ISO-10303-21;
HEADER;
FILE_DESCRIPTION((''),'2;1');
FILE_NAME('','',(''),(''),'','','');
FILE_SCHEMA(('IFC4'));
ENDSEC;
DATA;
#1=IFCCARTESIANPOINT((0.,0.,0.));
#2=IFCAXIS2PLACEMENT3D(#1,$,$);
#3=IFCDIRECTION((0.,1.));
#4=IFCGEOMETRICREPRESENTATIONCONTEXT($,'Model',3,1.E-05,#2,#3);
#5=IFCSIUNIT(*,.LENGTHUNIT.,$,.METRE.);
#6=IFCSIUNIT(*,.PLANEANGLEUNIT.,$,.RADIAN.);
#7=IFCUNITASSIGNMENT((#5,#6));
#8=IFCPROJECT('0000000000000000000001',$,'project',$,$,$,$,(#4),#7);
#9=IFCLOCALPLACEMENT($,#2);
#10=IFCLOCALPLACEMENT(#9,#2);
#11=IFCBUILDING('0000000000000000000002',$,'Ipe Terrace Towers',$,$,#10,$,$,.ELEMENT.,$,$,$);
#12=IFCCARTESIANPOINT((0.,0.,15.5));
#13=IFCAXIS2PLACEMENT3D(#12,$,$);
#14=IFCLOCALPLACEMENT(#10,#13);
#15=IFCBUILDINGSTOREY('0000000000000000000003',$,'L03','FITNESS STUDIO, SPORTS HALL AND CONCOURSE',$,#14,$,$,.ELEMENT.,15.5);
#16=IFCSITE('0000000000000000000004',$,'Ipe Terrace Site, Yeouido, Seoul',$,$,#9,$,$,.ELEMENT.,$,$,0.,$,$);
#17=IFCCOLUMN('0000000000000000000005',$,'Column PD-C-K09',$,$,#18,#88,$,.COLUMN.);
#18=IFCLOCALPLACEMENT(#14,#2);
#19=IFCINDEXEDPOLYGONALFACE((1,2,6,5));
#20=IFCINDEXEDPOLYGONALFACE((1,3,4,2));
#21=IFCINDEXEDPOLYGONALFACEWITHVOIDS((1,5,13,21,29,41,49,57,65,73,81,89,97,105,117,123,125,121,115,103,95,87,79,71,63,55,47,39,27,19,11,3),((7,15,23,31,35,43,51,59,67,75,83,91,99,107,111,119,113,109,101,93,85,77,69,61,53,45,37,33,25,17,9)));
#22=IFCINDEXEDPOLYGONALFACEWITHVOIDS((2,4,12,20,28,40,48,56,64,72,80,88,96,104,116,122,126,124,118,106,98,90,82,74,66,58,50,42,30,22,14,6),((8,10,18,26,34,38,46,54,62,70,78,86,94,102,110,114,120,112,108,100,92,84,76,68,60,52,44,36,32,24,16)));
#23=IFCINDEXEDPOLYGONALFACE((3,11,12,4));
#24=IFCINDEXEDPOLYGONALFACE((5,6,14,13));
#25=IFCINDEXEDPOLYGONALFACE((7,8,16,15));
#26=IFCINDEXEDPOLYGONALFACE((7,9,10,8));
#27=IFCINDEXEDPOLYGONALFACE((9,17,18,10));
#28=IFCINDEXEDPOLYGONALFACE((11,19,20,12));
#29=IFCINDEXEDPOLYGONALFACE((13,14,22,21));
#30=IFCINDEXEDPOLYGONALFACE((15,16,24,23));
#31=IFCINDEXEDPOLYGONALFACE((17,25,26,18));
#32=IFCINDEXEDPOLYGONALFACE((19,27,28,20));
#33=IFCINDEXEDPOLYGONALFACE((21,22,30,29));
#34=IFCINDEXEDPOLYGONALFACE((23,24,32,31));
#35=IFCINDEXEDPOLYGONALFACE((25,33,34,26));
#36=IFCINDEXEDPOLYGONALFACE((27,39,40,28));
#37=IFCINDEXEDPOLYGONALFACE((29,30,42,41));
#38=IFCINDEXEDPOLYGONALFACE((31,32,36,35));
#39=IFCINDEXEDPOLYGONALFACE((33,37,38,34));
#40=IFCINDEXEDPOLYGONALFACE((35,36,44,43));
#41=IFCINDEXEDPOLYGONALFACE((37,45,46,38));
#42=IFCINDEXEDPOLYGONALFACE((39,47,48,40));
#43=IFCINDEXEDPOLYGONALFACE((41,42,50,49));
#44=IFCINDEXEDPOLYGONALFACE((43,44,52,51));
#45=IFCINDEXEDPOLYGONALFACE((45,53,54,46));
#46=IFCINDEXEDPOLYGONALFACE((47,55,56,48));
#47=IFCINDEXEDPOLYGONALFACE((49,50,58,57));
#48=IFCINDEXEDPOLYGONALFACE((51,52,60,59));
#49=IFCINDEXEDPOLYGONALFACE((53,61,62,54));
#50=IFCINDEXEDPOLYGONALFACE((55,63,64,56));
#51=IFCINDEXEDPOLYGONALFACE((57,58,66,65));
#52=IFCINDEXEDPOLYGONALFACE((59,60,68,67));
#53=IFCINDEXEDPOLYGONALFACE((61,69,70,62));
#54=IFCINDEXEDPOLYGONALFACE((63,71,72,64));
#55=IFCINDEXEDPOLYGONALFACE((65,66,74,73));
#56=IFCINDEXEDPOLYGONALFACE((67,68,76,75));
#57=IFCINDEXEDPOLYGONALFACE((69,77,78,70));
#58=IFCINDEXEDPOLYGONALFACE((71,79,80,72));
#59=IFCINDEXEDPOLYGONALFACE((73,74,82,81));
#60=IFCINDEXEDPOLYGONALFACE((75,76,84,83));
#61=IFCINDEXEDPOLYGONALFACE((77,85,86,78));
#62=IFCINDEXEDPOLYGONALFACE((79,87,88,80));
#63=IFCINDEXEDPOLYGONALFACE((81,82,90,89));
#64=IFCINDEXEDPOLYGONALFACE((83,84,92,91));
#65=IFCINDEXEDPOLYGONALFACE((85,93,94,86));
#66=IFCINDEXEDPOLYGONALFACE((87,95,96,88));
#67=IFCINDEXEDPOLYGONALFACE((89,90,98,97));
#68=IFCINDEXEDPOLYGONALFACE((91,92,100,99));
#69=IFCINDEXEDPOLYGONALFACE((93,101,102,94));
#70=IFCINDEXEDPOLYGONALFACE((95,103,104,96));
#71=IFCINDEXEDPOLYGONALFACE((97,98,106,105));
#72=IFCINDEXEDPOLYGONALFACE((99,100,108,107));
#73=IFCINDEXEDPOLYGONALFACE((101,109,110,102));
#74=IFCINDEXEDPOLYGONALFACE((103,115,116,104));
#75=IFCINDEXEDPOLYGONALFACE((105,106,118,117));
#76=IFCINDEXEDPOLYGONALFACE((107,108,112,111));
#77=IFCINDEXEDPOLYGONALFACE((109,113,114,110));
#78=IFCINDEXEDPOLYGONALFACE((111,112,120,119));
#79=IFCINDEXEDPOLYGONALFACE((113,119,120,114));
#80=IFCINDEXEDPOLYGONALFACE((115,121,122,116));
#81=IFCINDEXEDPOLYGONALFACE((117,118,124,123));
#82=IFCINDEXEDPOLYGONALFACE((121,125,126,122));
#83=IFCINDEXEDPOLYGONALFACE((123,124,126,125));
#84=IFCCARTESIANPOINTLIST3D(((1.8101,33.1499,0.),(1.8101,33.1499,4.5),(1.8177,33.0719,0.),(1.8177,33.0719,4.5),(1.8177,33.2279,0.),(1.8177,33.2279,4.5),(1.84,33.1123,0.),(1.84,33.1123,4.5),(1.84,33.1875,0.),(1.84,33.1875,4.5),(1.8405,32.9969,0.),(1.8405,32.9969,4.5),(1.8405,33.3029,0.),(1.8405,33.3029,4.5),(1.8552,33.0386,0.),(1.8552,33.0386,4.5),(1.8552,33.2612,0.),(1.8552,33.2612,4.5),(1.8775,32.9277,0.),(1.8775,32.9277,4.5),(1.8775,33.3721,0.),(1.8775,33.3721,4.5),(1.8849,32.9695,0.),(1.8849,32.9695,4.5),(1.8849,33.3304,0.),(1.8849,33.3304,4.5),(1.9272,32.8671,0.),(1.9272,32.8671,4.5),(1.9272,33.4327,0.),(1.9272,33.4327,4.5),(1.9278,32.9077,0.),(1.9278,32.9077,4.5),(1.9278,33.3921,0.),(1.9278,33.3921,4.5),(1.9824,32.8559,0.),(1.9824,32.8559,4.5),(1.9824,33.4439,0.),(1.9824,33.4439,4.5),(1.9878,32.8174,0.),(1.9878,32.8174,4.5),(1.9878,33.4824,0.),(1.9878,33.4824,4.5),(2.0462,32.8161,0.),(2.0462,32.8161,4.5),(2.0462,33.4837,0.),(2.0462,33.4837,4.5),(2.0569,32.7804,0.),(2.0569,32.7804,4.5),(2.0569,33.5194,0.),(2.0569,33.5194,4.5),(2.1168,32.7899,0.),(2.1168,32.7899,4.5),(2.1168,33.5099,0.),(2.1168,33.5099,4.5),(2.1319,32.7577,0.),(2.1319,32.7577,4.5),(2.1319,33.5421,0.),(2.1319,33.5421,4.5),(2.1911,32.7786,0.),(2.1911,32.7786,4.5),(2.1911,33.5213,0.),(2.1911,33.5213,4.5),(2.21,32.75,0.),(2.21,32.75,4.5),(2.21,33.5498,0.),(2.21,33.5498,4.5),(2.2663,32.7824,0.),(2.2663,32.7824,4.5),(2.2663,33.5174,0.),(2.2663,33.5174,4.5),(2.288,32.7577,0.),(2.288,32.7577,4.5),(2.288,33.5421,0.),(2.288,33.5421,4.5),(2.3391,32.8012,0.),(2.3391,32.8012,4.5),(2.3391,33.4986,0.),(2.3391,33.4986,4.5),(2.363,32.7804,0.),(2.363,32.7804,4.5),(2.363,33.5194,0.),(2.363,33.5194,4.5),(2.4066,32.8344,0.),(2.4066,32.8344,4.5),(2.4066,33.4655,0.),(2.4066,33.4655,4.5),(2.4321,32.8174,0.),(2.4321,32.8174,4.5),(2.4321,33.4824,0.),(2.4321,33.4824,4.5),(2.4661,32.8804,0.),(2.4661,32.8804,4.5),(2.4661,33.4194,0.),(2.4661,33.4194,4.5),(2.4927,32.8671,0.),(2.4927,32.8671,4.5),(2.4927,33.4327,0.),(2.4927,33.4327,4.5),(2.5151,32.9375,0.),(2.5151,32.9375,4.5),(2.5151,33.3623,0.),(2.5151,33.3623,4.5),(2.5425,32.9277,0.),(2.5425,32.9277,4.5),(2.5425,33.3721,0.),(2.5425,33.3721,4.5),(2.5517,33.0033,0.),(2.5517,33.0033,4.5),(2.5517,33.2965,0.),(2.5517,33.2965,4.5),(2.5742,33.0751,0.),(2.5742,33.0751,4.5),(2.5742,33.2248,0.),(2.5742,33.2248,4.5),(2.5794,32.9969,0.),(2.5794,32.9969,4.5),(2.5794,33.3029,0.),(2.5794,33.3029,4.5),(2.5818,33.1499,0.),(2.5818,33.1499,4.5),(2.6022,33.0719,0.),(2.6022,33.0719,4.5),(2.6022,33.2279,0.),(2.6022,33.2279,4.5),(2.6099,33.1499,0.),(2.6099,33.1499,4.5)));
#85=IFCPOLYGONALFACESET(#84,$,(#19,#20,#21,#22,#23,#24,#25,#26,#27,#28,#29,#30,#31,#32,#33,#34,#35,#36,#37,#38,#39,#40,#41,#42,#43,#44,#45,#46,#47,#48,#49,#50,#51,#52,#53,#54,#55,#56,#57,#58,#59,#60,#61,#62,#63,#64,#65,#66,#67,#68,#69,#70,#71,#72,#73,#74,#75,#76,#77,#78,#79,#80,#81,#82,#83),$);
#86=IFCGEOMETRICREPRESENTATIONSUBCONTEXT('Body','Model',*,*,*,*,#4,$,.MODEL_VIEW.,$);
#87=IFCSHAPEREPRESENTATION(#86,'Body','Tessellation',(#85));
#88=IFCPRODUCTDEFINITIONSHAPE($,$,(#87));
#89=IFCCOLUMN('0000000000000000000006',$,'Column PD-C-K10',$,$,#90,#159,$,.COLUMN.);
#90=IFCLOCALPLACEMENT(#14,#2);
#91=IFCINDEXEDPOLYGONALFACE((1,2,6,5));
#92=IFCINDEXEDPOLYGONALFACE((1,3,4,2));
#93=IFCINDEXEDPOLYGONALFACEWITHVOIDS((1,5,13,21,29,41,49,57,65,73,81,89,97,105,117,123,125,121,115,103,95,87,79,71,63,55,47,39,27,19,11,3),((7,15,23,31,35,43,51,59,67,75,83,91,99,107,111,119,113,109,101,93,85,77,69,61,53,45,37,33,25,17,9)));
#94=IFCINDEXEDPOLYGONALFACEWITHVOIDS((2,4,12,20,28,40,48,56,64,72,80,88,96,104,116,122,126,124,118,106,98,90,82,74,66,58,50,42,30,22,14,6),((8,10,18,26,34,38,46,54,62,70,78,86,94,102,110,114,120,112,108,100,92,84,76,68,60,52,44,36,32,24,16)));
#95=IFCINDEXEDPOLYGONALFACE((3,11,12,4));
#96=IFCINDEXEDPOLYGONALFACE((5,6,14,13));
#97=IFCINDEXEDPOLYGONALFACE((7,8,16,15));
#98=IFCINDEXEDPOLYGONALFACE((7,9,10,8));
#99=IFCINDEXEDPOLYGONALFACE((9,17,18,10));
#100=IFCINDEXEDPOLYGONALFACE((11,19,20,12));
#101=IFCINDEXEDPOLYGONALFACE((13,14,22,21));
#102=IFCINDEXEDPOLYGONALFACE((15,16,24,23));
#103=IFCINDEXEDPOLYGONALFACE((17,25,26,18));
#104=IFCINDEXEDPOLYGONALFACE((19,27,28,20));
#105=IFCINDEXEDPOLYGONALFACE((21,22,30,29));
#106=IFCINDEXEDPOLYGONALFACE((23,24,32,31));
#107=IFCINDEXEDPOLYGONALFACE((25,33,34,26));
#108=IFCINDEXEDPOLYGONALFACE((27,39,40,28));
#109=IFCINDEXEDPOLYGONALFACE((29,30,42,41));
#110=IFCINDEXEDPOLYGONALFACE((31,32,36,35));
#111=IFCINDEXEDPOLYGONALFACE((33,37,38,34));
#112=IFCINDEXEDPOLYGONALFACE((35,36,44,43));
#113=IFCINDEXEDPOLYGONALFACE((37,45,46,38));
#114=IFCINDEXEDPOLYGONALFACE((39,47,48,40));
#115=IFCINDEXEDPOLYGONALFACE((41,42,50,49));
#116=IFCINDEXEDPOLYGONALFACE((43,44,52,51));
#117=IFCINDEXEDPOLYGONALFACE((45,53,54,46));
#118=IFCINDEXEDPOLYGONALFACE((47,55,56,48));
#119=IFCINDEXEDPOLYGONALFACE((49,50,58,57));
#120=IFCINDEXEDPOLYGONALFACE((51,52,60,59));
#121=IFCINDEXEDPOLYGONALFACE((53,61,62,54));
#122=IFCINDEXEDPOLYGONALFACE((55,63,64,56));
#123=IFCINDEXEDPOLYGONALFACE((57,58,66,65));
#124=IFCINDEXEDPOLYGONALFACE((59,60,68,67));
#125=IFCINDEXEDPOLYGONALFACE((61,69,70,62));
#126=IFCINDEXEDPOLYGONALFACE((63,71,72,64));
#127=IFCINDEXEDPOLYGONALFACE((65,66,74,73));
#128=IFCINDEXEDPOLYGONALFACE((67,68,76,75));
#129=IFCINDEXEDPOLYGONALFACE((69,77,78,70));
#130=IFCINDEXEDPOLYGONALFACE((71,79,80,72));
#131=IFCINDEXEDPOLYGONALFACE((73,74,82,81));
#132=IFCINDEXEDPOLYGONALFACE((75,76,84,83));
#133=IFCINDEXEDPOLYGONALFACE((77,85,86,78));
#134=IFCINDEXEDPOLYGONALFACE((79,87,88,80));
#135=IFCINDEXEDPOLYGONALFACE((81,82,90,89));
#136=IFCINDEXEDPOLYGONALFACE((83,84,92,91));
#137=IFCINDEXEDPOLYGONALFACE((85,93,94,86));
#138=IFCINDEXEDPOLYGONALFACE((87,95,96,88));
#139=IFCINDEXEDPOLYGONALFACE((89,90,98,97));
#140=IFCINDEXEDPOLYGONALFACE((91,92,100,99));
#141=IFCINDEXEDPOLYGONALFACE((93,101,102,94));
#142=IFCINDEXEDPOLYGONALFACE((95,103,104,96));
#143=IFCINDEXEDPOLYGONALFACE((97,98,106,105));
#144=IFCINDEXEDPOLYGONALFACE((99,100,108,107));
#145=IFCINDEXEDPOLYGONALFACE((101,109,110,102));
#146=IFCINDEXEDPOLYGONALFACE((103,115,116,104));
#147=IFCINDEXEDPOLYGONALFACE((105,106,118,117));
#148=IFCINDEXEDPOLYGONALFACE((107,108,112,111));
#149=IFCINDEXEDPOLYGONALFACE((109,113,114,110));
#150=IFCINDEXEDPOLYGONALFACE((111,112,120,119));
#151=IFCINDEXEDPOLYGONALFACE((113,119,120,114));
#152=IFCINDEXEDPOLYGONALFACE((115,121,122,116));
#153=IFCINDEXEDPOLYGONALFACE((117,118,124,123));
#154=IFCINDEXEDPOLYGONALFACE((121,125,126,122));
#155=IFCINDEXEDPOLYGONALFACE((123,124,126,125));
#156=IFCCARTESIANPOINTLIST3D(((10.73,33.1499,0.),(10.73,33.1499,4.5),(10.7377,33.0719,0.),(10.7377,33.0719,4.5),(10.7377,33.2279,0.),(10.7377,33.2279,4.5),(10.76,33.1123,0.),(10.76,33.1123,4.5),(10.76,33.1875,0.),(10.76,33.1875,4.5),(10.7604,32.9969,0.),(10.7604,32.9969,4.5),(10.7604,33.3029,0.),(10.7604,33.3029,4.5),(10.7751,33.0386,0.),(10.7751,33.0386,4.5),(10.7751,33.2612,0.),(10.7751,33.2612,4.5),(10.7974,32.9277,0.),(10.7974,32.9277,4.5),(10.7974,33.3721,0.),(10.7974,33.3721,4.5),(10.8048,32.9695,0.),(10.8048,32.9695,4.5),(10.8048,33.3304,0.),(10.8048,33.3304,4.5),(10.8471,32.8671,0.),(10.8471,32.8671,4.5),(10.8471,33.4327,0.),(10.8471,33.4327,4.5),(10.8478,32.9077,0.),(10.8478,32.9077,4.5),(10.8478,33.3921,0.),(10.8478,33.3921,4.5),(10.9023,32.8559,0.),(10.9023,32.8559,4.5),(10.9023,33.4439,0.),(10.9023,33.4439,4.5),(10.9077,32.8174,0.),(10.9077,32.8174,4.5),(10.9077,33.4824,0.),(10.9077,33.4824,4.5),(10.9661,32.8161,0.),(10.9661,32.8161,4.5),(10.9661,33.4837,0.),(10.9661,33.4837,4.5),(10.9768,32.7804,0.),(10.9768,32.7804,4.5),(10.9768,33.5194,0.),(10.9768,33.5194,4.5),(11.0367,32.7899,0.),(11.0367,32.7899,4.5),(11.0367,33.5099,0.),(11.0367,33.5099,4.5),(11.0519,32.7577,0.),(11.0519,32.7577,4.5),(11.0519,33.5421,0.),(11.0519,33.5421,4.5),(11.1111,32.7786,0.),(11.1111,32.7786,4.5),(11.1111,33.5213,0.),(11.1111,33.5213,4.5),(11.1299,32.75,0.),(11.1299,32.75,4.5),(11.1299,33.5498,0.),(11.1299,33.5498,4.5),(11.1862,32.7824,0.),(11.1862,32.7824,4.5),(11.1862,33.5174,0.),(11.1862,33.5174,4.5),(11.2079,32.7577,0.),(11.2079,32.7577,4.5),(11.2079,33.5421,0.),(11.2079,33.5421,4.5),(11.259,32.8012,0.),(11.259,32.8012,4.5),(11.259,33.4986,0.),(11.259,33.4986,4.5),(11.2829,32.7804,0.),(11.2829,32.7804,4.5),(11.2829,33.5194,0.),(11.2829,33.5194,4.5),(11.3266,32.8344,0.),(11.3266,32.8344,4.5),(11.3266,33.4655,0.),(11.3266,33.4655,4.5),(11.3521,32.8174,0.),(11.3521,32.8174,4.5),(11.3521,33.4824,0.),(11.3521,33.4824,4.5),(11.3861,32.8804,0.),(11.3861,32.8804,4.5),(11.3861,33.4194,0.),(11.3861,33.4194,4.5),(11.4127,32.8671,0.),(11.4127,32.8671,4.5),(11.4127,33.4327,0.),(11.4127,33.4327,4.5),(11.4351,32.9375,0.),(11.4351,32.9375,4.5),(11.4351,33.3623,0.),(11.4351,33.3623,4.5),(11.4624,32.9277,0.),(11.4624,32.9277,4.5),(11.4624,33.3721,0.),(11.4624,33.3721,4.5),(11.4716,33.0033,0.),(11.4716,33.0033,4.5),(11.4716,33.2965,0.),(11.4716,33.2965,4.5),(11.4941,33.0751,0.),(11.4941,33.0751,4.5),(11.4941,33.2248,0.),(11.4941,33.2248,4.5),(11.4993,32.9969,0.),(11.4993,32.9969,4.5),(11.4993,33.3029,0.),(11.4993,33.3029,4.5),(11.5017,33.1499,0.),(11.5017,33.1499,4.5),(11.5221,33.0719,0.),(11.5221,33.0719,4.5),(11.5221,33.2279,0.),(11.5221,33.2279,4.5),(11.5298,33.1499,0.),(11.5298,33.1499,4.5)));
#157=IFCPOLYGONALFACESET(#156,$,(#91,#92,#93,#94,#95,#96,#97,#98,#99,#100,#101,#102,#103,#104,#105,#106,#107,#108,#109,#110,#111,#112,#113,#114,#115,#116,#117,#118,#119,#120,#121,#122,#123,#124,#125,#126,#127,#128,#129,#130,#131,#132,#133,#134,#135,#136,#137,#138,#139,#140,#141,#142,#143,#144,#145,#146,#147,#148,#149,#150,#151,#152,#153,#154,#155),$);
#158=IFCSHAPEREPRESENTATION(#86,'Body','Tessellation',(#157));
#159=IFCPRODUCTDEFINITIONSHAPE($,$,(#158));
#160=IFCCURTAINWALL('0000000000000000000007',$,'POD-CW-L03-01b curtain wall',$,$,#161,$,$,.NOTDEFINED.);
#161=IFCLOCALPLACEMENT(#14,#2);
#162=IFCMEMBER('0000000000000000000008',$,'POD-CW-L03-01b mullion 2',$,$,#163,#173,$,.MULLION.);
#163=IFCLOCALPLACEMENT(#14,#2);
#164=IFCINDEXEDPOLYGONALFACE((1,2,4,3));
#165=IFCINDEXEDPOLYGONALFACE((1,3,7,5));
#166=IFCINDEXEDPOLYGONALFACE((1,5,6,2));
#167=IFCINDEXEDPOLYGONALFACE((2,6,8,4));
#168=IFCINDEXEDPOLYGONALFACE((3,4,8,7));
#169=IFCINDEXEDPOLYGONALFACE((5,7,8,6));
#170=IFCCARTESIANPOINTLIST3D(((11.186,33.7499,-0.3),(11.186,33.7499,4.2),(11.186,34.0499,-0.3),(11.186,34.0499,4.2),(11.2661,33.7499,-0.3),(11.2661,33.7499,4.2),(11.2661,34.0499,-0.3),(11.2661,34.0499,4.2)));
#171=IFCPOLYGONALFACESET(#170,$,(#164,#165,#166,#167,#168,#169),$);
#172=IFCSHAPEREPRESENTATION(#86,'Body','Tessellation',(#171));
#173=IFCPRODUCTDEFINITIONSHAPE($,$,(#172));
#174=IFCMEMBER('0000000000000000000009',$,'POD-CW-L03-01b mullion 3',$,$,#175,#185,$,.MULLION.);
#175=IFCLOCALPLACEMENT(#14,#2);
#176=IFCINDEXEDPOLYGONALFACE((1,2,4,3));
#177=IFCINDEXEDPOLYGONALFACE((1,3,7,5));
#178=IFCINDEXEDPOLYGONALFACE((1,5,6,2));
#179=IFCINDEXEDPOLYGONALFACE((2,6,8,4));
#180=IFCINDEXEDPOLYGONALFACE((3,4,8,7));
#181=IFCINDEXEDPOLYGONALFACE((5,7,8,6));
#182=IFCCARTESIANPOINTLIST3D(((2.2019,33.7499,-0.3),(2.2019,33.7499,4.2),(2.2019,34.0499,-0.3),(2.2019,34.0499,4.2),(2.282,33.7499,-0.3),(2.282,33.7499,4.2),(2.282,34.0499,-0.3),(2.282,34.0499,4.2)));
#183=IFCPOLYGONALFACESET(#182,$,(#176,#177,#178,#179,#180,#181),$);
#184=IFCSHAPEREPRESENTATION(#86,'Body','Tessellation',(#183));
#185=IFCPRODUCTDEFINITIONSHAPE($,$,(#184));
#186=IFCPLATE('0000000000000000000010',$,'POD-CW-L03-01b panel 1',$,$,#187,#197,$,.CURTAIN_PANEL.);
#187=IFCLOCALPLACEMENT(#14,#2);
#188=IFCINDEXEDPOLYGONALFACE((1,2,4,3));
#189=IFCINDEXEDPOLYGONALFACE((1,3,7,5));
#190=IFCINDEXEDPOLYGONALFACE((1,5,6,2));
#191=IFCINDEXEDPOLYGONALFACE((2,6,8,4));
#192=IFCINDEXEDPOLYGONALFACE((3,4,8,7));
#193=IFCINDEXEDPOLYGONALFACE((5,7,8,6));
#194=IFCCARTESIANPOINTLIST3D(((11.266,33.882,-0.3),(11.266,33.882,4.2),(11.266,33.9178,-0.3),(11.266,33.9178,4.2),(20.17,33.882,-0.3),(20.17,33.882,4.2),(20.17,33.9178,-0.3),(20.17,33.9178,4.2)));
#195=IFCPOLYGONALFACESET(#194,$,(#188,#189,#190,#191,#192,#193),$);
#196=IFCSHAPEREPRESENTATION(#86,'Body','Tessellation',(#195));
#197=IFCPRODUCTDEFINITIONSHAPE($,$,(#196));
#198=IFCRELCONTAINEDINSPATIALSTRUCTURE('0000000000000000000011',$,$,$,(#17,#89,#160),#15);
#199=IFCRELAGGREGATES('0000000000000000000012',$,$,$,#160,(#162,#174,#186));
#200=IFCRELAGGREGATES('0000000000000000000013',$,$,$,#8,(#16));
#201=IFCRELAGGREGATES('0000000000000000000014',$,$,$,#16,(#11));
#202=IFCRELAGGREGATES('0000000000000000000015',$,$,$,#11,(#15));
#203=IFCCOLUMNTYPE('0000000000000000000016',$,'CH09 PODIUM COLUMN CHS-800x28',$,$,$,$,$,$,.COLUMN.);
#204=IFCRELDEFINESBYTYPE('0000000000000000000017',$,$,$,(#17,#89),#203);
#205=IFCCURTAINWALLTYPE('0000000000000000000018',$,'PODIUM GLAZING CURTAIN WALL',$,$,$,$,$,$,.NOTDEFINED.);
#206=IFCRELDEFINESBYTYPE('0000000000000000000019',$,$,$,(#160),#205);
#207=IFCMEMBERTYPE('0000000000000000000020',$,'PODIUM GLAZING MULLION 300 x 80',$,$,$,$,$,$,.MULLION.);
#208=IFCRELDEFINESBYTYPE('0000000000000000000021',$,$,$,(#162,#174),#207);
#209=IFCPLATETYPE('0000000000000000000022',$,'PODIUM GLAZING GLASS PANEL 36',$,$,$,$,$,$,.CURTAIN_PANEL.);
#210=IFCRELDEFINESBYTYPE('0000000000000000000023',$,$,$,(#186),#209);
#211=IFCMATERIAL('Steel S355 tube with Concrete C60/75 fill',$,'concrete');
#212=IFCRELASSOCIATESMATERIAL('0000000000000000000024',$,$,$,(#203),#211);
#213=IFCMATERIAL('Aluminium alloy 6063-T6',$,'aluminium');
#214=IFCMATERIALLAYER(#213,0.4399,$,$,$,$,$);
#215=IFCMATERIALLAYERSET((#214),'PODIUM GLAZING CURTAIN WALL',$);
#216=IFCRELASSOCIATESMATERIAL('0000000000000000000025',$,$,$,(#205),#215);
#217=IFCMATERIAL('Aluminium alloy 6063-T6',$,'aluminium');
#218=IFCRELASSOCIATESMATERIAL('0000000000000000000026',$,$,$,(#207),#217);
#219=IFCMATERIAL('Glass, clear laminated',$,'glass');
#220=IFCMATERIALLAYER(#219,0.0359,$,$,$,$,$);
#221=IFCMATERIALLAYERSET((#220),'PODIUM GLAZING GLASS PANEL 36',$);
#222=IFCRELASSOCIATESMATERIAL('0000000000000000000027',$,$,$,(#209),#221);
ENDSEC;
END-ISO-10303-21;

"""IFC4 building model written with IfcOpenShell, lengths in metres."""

from ifc_helpers import new_model, si_unit, direction, frame, origin, origin_2d, place, context, subcontext, project, spatial, rectangle, hollow_circle, extrude, material, layer, layer_set, material_profile, profile_set, type_object, element, aggregate, save


model = new_model("IFC4")

# Units and contexts
model_context = context("Model", 3, precision=1e-05, world=origin(), true_north=direction((0.0, 1.0)))
body_context = subcontext(model_context, "Body", "Model", "MODEL_VIEW")
ifc_project = project(units=[si_unit("LENGTHUNIT", "METRE"), si_unit("PLANEANGLEUNIT", "RADIAN")], contexts=[model_context])

# Site, building, storey
site_placement = place(None, origin())
site = spatial("IfcSite", under=ifc_project, at=site_placement, Name="Ipe Terrace Site, Yeouido, Seoul", CompositionType="ELEMENT", RefElevation=0.0)
building_placement = place(site_placement, origin())
building = spatial("IfcBuilding", under=site, at=building_placement, Name="Ipe Terrace Towers", CompositionType="ELEMENT")
storey_placement = place(building_placement, frame((0.0, 0.0, 15.5)))
storey = spatial("IfcBuildingStorey", under=building, at=storey_placement, Name="L03", Description="FITNESS STUDIO, SPORTS HALL AND CONCOURSE", CompositionType="ELEMENT", Elevation=15.5)

# Columns
ifc_material_1 = material(Name="Steel S355 tube with Concrete C60/75 fill", Category="concrete")
ifc_material_profile_1 = material_profile(ifc_material_1, hollow_circle(Radius=0.3999, WallThickness=0.0281, at=origin_2d()), Name="CHS-800x28")
ifc_profile_set_1 = profile_set([ifc_material_profile_1], Name="Steel S355 tube with Concrete C60/75 fill")
column_type = type_object("IfcColumnType", Name="CH09 PODIUM COLUMN CHS-800x28", PredefinedType="COLUMN", material=ifc_profile_set_1)
for number, where, z_axis, x_axis, name in (
    (1, (2.21, 33.1499, 0.0), (0.0, 0.0, 1.0), (1.0, 0.0, 0.0), "Column PD-C-K09"),
    (2, (11.1299, 33.1499, 0.0), (0.0, 0.0, 1.0), (1.0, 0.0, 0.0), "Column PD-C-K10"),
):
    element("IfcColumn", number, at=place(storey_placement, frame(where, z_axis=z_axis, x_axis=x_axis)), inside=storey, type_object=column_type, Name=name, PredefinedType="COLUMN", context=body_context, shape_type="SweptSolid", body=[
        extrude(hollow_circle(Radius=0.3999, WallThickness=0.0281, at=origin_2d()), origin(), (0.0, 0.0, 1.0), 4.5),
    ])

# Curtain wall, members, plate
ifc_material_2 = material(Name="Aluminium alloy 6063-T6", Category="aluminium")
ifc_layer_1 = layer(ifc_material_2, 0.4399)
ifc_layer_set_1 = layer_set([ifc_layer_1], Name="PODIUM GLAZING CURTAIN WALL")
curtain_wall_type = type_object("IfcCurtainWallType", Name="PODIUM GLAZING CURTAIN WALL", PredefinedType="NOTDEFINED", material=ifc_layer_set_1)
curtain_wall_placement = place(storey_placement, origin())
curtain_wall = element("IfcCurtainWall", 3, at=curtain_wall_placement, inside=storey, type_object=curtain_wall_type, Name="POD-CW-L03-01b curtain wall", PredefinedType="NOTDEFINED")
ifc_material_3 = material(Name="Aluminium alloy 6063-T6", Category="aluminium")
ifc_material_profile_2 = material_profile(ifc_material_3, rectangle(XDim=0.3, YDim=0.0801, at=origin_2d()), Name="PODIUM GLAZING MULLION 300 x 80")
ifc_profile_set_2 = profile_set([ifc_material_profile_2], Name="Aluminium alloy 6063-T6")
member_type = type_object("IfcMemberType", Name="PODIUM GLAZING MULLION 300 x 80", PredefinedType="MULLION", material=ifc_profile_set_2)
member_1_placement = place(storey_placement, frame((11.2261, 33.8999, -0.3), z_axis=(0.0, 0.0, 1.0), x_axis=(0.0, 1.0, 0.0)))
member_1 = element("IfcMember", 4, at=member_1_placement, type_object=member_type, Name="POD-CW-L03-01b mullion 2", PredefinedType="MULLION", context=body_context, shape_type="SweptSolid", body=[
    extrude(rectangle(XDim=0.3, YDim=0.0801, at=origin_2d()), origin(), (0.0, 0.0, 1.0), 4.5),
])
member_2_placement = place(storey_placement, frame((2.2419, 33.8999, -0.3), z_axis=(0.0, 0.0, 1.0), x_axis=(0.0, 1.0, 0.0)))
member_2 = element("IfcMember", 5, at=member_2_placement, type_object=member_type, Name="POD-CW-L03-01b mullion 3", PredefinedType="MULLION", context=body_context, shape_type="SweptSolid", body=[
    extrude(rectangle(XDim=0.3, YDim=0.0801, at=origin_2d()), origin(), (0.0, 0.0, 1.0), 4.5),
])
ifc_material_4 = material(Name="Glass, clear laminated", Category="glass")
ifc_layer_2 = layer(ifc_material_4, 0.0359)
ifc_layer_set_2 = layer_set([ifc_layer_2], Name="PODIUM GLAZING GLASS PANEL 36")
plate_type = type_object("IfcPlateType", Name="PODIUM GLAZING GLASS PANEL 36", PredefinedType="CURTAIN_PANEL", material=ifc_layer_set_2)
plate_1_placement = place(storey_placement, frame((15.718, 33.8999, -0.3), z_axis=(0.0, 0.0, 1.0), x_axis=(-1.0, 0.0, 0.0)))
plate_1 = element("IfcPlate", 6, at=plate_1_placement, type_object=plate_type, Name="POD-CW-L03-01b panel 1", PredefinedType="CURTAIN_PANEL", context=body_context, shape_type="SweptSolid", body=[
    extrude(rectangle(XDim=8.9041, YDim=0.0359, at=origin_2d()), origin(), (0.0, 0.0, 1.0), 4.5),
])
aggregate(curtain_wall, [member_1, member_2, plate_1])

save(model, "model.ifc")
